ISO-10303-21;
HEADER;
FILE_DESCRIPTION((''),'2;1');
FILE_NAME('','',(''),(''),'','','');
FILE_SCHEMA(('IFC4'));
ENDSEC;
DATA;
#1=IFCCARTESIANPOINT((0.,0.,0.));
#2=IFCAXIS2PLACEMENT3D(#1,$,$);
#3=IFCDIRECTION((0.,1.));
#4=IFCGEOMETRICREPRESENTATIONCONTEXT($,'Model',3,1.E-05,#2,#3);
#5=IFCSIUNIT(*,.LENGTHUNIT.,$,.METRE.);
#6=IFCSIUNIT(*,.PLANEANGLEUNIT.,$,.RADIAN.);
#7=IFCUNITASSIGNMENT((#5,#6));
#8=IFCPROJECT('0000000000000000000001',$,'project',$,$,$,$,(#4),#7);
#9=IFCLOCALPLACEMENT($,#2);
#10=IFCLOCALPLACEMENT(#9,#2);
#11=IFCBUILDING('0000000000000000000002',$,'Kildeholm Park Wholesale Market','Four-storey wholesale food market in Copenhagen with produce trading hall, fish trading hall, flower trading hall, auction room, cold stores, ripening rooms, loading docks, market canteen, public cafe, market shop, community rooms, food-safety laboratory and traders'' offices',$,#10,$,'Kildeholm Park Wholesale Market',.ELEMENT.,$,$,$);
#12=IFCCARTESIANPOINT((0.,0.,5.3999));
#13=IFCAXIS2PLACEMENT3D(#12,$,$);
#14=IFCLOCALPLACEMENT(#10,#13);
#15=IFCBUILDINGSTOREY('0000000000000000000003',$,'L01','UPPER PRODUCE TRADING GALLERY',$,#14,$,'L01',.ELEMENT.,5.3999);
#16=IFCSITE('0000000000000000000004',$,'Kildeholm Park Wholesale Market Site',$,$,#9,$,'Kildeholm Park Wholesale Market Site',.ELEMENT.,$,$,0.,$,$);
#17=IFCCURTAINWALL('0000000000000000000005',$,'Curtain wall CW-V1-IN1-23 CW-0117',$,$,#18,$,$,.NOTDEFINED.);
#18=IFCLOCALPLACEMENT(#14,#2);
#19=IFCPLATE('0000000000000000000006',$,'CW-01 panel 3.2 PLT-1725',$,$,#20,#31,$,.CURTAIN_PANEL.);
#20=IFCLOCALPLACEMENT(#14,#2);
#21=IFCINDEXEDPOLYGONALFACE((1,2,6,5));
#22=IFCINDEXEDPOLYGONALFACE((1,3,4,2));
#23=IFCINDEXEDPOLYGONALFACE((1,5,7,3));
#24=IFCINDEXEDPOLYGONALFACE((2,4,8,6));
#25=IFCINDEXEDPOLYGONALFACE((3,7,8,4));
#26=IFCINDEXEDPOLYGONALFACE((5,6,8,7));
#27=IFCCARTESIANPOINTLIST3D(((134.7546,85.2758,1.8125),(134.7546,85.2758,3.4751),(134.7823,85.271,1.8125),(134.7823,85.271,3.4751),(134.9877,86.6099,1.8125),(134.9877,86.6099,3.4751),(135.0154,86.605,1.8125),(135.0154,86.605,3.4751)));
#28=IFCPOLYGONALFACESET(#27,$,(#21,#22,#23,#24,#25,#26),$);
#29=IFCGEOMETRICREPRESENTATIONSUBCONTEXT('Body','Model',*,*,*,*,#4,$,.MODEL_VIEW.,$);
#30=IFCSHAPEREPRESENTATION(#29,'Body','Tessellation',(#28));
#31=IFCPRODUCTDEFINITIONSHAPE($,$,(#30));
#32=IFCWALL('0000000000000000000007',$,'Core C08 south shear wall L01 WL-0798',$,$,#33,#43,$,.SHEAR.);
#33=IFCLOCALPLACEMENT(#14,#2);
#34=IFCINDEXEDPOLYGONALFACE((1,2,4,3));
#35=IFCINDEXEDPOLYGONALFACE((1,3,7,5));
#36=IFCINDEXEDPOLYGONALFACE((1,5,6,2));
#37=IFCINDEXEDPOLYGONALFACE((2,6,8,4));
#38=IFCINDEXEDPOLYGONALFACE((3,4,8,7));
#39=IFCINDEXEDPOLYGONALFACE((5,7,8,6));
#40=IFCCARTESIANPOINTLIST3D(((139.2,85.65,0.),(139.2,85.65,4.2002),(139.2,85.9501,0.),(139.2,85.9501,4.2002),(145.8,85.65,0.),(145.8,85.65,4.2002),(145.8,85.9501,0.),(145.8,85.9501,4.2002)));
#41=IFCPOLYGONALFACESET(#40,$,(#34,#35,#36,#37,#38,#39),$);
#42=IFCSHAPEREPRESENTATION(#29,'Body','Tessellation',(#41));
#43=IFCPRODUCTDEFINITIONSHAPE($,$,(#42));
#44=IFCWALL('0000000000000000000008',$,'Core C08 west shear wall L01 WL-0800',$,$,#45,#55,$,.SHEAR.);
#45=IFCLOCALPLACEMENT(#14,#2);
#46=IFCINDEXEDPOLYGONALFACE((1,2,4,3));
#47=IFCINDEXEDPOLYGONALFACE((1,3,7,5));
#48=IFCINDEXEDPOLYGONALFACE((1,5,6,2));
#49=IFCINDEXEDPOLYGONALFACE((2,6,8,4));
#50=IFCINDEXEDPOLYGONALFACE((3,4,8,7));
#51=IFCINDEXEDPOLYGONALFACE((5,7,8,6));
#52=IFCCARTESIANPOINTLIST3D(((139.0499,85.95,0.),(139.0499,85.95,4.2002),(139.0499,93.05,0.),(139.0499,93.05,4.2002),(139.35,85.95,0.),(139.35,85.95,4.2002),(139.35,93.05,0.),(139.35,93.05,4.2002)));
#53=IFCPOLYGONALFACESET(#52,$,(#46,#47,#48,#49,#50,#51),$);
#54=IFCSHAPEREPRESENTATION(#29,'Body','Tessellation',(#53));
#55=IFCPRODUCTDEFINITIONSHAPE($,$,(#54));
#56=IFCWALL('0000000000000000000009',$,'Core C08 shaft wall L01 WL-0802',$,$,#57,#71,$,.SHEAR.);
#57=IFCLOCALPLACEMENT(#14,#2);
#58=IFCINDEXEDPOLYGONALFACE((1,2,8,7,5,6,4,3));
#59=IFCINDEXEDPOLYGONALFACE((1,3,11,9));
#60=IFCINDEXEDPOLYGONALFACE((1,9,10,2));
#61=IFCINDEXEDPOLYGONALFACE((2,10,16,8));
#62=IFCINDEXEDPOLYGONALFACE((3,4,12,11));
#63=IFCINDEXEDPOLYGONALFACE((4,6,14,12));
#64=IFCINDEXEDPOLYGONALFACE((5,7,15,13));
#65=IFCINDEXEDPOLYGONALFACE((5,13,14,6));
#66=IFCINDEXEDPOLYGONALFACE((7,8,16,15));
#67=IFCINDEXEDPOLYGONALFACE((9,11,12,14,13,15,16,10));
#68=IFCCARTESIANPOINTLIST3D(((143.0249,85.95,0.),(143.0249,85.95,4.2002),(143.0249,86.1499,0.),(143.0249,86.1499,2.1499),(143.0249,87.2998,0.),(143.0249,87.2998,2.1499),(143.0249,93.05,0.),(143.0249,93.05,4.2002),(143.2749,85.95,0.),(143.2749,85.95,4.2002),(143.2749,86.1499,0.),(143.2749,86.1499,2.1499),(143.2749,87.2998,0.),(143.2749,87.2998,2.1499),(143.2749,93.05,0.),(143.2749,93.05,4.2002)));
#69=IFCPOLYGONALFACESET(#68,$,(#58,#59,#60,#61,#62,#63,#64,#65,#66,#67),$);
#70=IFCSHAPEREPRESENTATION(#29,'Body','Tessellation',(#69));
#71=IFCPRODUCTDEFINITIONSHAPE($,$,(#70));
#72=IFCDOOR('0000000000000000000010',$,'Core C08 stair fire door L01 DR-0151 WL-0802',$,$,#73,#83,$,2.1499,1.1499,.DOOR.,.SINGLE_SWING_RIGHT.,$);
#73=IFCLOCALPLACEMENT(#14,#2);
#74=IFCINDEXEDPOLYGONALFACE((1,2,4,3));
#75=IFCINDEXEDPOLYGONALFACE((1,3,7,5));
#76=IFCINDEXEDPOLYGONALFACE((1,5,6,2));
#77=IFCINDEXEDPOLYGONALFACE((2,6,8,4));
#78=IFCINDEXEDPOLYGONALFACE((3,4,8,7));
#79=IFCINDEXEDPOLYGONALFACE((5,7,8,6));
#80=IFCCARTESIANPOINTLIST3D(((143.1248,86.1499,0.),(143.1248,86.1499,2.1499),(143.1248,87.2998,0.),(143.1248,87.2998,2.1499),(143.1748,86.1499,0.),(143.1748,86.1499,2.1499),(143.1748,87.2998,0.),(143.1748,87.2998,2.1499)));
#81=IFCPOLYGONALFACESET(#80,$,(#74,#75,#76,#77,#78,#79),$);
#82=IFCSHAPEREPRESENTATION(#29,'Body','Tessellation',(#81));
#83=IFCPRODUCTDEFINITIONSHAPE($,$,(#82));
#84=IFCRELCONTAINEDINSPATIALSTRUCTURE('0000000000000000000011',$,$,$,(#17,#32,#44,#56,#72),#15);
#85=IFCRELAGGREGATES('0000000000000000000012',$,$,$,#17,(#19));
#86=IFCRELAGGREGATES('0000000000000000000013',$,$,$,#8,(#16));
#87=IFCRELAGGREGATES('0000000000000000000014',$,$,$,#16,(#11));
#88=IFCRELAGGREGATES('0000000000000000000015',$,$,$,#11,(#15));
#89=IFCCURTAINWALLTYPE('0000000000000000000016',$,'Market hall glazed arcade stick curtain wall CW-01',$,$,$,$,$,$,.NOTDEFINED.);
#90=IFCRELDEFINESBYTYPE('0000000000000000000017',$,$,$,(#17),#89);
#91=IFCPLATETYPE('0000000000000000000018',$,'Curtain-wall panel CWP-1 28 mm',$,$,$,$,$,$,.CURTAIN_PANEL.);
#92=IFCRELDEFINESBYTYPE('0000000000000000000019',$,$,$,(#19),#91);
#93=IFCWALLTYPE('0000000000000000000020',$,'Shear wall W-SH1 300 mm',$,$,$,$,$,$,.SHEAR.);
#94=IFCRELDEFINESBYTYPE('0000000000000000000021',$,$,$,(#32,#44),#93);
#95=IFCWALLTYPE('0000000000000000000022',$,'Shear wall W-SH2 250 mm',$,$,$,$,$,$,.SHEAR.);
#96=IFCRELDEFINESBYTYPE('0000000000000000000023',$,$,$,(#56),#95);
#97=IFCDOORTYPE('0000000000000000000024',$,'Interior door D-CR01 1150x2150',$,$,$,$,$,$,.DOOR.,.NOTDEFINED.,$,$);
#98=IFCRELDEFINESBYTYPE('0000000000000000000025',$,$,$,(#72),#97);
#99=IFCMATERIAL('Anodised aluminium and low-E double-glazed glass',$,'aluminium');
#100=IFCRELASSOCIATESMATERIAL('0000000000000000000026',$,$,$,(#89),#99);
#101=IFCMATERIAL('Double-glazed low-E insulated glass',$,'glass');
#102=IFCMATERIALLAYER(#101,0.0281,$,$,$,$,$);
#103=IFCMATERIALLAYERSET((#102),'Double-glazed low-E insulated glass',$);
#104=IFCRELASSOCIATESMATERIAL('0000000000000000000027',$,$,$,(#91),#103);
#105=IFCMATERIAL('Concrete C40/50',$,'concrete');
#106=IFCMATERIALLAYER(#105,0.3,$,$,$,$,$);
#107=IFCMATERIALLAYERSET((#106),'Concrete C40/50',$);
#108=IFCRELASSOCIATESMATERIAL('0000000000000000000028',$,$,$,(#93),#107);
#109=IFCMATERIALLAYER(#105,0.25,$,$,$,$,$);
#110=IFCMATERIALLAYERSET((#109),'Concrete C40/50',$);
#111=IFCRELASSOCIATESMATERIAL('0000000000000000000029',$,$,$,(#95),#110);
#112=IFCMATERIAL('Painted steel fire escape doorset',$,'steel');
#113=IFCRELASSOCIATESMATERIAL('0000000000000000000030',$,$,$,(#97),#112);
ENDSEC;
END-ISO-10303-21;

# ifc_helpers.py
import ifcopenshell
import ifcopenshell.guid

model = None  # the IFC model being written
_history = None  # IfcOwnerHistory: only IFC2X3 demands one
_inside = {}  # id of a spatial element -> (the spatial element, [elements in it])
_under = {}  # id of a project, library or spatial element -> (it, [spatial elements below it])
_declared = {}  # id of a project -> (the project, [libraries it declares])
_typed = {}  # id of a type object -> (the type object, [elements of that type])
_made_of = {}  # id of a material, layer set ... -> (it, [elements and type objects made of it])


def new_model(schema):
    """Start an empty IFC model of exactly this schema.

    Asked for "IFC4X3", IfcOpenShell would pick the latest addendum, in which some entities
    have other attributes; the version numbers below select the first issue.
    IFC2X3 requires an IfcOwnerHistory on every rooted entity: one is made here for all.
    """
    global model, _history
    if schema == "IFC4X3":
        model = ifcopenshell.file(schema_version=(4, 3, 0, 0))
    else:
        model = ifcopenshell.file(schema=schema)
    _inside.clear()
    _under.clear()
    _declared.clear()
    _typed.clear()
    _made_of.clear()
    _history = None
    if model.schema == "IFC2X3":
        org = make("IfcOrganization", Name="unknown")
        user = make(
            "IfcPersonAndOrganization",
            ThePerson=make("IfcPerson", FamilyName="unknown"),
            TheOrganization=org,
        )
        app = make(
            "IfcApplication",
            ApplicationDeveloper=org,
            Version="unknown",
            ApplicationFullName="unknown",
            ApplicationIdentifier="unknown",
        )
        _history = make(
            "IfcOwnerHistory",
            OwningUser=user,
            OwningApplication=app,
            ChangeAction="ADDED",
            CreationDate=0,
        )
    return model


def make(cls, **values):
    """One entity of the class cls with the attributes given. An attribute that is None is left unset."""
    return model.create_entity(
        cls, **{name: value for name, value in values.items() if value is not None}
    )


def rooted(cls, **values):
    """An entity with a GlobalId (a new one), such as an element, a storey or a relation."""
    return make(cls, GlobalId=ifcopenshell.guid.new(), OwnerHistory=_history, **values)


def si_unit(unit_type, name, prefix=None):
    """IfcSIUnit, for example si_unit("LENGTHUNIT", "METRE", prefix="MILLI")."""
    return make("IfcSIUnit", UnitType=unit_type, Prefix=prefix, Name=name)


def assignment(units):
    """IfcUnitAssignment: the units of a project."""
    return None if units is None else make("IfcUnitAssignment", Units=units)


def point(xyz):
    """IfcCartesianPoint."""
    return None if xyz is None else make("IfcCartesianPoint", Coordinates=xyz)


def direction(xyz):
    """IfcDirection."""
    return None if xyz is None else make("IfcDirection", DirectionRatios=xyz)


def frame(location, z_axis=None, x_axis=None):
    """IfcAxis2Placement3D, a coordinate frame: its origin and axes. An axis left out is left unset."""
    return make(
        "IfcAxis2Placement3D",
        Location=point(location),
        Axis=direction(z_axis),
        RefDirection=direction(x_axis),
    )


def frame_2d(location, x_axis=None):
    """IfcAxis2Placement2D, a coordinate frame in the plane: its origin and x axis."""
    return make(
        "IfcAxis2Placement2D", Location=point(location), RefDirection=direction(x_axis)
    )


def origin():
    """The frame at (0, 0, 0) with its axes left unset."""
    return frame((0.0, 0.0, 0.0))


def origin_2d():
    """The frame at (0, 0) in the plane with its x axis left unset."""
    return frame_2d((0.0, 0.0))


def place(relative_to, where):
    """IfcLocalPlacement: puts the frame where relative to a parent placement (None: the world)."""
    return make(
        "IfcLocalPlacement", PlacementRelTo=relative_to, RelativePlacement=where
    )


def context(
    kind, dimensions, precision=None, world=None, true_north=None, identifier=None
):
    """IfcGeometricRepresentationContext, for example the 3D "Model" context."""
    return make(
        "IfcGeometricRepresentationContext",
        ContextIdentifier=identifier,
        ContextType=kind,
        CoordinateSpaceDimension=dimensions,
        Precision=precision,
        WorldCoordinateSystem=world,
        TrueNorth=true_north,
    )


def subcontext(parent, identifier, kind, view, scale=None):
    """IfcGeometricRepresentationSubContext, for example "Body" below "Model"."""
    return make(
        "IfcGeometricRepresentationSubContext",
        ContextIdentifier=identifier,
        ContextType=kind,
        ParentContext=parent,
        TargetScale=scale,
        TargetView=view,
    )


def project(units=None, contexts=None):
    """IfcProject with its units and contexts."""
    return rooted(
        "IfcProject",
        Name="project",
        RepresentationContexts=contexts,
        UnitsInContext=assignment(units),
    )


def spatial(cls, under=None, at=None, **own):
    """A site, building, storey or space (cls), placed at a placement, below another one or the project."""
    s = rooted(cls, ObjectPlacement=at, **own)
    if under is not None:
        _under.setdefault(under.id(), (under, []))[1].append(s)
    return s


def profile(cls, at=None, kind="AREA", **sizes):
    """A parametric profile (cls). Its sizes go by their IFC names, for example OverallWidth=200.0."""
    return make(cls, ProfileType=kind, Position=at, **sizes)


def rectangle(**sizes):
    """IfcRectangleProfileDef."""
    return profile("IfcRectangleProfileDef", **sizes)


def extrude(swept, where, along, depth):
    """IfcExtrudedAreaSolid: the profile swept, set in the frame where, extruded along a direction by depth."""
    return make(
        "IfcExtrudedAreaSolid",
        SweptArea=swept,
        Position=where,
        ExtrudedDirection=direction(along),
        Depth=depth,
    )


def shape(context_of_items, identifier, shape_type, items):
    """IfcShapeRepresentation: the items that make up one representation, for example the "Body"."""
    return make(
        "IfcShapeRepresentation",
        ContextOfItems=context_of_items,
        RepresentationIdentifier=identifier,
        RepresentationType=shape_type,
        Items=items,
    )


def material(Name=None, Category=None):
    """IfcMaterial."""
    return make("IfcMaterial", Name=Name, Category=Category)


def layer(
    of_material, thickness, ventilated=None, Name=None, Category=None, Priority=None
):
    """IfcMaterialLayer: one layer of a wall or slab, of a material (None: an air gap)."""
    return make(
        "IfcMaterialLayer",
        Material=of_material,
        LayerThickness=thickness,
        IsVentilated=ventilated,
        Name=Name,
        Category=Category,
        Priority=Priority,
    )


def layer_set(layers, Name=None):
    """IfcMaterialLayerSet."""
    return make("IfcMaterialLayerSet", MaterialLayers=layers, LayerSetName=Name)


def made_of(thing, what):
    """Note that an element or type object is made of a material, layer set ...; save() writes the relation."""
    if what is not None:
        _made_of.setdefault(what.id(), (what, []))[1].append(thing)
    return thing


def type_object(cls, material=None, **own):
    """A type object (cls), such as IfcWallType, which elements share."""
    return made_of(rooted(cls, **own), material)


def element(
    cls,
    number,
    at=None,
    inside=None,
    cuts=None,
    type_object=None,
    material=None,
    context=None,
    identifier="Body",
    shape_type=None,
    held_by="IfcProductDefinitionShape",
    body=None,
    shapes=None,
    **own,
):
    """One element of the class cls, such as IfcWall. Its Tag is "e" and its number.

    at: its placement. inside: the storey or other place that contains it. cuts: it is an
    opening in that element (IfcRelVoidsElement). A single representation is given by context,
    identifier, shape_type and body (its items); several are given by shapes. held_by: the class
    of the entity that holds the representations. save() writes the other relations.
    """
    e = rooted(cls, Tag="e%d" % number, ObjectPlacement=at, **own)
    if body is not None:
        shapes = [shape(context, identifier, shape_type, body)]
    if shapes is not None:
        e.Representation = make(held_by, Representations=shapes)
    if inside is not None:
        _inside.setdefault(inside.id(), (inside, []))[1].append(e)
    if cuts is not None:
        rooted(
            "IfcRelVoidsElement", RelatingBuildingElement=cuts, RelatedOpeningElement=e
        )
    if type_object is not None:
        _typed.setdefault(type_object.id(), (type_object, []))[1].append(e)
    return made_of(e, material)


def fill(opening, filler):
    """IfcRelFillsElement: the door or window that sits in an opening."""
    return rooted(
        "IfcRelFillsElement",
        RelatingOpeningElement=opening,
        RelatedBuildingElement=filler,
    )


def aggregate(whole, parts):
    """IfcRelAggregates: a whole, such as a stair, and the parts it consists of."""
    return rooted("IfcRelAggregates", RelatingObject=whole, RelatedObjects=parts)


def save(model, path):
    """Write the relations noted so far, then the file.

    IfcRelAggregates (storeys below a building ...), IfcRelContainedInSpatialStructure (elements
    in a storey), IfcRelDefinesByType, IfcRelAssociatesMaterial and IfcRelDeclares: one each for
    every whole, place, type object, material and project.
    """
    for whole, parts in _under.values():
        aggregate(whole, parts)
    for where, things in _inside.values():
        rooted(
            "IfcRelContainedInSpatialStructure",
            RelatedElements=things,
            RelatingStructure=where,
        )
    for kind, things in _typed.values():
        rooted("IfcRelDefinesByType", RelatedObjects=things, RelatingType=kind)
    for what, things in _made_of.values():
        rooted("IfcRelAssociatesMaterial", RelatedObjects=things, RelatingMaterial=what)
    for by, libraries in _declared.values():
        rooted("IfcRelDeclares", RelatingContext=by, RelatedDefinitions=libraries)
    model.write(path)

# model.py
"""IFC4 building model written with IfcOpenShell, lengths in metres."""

from ifc_helpers import new_model, si_unit, direction, frame, frame_2d, origin, origin_2d, place, context, subcontext, project, spatial, rectangle, extrude, material, layer, layer_set, type_object, element, fill, aggregate, save


model = new_model("IFC4")

# Units and contexts
model_context = context("Model", 3, precision=1e-05, world=origin(), true_north=direction((0.0, 1.0)))
body_context = subcontext(model_context, "Body", "Model", "MODEL_VIEW")
ifc_project = project(units=[si_unit("LENGTHUNIT", "METRE"), si_unit("PLANEANGLEUNIT", "RADIAN")], contexts=[model_context])

# Site, building, storey
site_placement = place(None, origin())
site = spatial("IfcSite", under=ifc_project, at=site_placement, Name="Kildeholm Park Wholesale Market Site", LongName="Kildeholm Park Wholesale Market Site", CompositionType="ELEMENT", RefElevation=0.0)
building_placement = place(site_placement, origin())
building = spatial("IfcBuilding", under=site, at=building_placement, Name="Kildeholm Park Wholesale Market", Description="Four-storey wholesale food market in Copenhagen with produce trading hall, fish trading hall, flower trading hall, auction room, cold stores, ripening rooms, loading docks, market canteen, public cafe, market shop, community rooms, food-safety laboratory and traders' offices", LongName="Kildeholm Park Wholesale Market", CompositionType="ELEMENT")
storey_placement = place(building_placement, frame((0.0, 0.0, 5.3999)))
storey = spatial("IfcBuildingStorey", under=building, at=storey_placement, Name="L01", Description="UPPER PRODUCE TRADING GALLERY", LongName="L01", CompositionType="ELEMENT", Elevation=5.3999)

# Curtain wall
ifc_material_1 = material(Name="Anodised aluminium and low-E double-glazed glass", Category="aluminium")
curtain_wall_type = type_object("IfcCurtainWallType", Name="Market hall glazed arcade stick curtain wall CW-01", PredefinedType="NOTDEFINED", material=ifc_material_1)
curtain_wall_1_placement = place(storey_placement, origin())
curtain_wall_1 = element("IfcCurtainWall", 1, at=curtain_wall_1_placement, inside=storey, type_object=curtain_wall_type, Name="Curtain wall CW-V1-IN1-23 CW-0117", PredefinedType="NOTDEFINED")

# Plate
ifc_material_2 = material(Name="Double-glazed low-E insulated glass", Category="glass")
ifc_layer_1 = layer(ifc_material_2, 0.0281)
ifc_layer_set_1 = layer_set([ifc_layer_1], Name="Double-glazed low-E insulated glass")
plate_type = type_object("IfcPlateType", Name="Curtain-wall panel CWP-1 28 mm", PredefinedType="CURTAIN_PANEL", material=ifc_layer_set_1)
plate_1_placement = place(storey_placement, frame((134.885, 85.9404, 1.8125), z_axis=(0.0, 0.0, 1.0), x_axis=(0.172133, 0.985074, 0.0)))
plate_1 = element("IfcPlate", 2, at=plate_1_placement, type_object=plate_type, Name="CW-01 panel 3.2 PLT-1725", PredefinedType="CURTAIN_PANEL", context=body_context, shape_type="SweptSolid", body=[
    extrude(rectangle(XDim=1.3542, YDim=0.0281, at=origin_2d()), origin(), (0.0, 0.0, 1.0), 1.6626),
])
aggregate(curtain_wall_1, [plate_1])

# Walls
ifc_material_3 = material(Name="Concrete C40/50", Category="concrete")
ifc_layer_2 = layer(ifc_material_3, 0.3)
ifc_layer_set_2 = layer_set([ifc_layer_2], Name="Concrete C40/50")
wall_type_1 = type_object("IfcWallType", Name="Shear wall W-SH1 300 mm", PredefinedType="SHEAR", material=ifc_layer_set_2)
wall_1_placement = place(storey_placement, frame((139.2, 85.8, 0.0), z_axis=(0.0, 0.0, 1.0), x_axis=(1.0, 0.0, 0.0)))
element("IfcWall", 3, at=wall_1_placement, inside=storey, type_object=wall_type_1, Name="Core C08 south shear wall L01 WL-0798", PredefinedType="SHEAR", context=body_context, shape_type="SweptSolid", body=[
    extrude(rectangle(XDim=6.6001, YDim=0.3, at=frame_2d((3.3, 0.0))), origin(), (0.0, 0.0, 1.0), 4.2002),
])
wall_2_placement = place(storey_placement, frame((139.2, 85.95, 0.0), z_axis=(0.0, 0.0, 1.0), x_axis=(0.0, 1.0, 0.0)))
element("IfcWall", 4, at=wall_2_placement, inside=storey, type_object=wall_type_1, Name="Core C08 west shear wall L01 WL-0800", PredefinedType="SHEAR", context=body_context, shape_type="SweptSolid", body=[
    extrude(rectangle(XDim=7.1001, YDim=0.3, at=frame_2d((3.55, 0.0))), origin(), (0.0, 0.0, 1.0), 4.2002),
])

# Wall, opening, door
ifc_layer_3 = layer(ifc_material_3, 0.25)
ifc_layer_set_3 = layer_set([ifc_layer_3], Name="Concrete C40/50")
wall_type_2 = type_object("IfcWallType", Name="Shear wall W-SH2 250 mm", PredefinedType="SHEAR", material=ifc_layer_set_3)
wall_3_placement = place(storey_placement, frame((143.1499, 85.95, 0.0), z_axis=(0.0, 0.0, 1.0), x_axis=(0.0, 1.0, 0.0)))
wall_3 = element("IfcWall", 5, at=wall_3_placement, inside=storey, type_object=wall_type_2, Name="Core C08 shaft wall L01 WL-0802", PredefinedType="SHEAR", context=body_context, shape_type="SweptSolid", body=[
    extrude(rectangle(XDim=7.1001, YDim=0.25, at=frame_2d((3.55, 0.0))), origin(), (0.0, 0.0, 1.0), 4.2002),
])
opening_1_placement = place(wall_3_placement, frame((0.2, 0.0, 0.0)))
opening_1 = element("IfcOpeningElement", 6, at=opening_1_placement, cuts=wall_3, PredefinedType="OPENING", context=body_context, shape_type="SweptSolid", body=[
    extrude(rectangle(XDim=1.1499, YDim=2.1499, at=frame_2d((0.575, 1.075))), frame((0.0, 0.135, 0.0), z_axis=(0.0, -1.0, 0.0), x_axis=(1.0, 0.0, 0.0)), (0.0, 0.0, 1.0), 0.27),
])
ifc_material_4 = material(Name="Painted steel fire escape doorset", Category="steel")
door_type_1 = type_object("IfcDoorType", Name="Interior door D-CR01 1150x2150", OperationType="NOTDEFINED", PredefinedType="DOOR", material=ifc_material_4)
door_1_placement = place(opening_1_placement, frame((1.1499, 0.0, 0.0), z_axis=(0.0, 0.0, 1.0), x_axis=(-1.0, 0.0, 0.0)))
door_1 = element("IfcDoor", 7, at=door_1_placement, inside=storey, type_object=door_type_1, Name="Core C08 stair fire door L01 DR-0151 WL-0802", OperationType="SINGLE_SWING_RIGHT", OverallHeight=2.1499, OverallWidth=1.1499, PredefinedType="DOOR", context=body_context, shape_type="SweptSolid", body=[
    extrude(rectangle(XDim=1.1499, YDim=2.1499, at=frame_2d((0.575, 1.075))), frame((0.0, 0.0249, 0.0), z_axis=(0.0, -1.0, 0.0), x_axis=(1.0, 0.0, 0.0)), (0.0, 0.0, 1.0), 0.05),
])
fill(opening_1, door_1)

save(model, "model.ifc")
